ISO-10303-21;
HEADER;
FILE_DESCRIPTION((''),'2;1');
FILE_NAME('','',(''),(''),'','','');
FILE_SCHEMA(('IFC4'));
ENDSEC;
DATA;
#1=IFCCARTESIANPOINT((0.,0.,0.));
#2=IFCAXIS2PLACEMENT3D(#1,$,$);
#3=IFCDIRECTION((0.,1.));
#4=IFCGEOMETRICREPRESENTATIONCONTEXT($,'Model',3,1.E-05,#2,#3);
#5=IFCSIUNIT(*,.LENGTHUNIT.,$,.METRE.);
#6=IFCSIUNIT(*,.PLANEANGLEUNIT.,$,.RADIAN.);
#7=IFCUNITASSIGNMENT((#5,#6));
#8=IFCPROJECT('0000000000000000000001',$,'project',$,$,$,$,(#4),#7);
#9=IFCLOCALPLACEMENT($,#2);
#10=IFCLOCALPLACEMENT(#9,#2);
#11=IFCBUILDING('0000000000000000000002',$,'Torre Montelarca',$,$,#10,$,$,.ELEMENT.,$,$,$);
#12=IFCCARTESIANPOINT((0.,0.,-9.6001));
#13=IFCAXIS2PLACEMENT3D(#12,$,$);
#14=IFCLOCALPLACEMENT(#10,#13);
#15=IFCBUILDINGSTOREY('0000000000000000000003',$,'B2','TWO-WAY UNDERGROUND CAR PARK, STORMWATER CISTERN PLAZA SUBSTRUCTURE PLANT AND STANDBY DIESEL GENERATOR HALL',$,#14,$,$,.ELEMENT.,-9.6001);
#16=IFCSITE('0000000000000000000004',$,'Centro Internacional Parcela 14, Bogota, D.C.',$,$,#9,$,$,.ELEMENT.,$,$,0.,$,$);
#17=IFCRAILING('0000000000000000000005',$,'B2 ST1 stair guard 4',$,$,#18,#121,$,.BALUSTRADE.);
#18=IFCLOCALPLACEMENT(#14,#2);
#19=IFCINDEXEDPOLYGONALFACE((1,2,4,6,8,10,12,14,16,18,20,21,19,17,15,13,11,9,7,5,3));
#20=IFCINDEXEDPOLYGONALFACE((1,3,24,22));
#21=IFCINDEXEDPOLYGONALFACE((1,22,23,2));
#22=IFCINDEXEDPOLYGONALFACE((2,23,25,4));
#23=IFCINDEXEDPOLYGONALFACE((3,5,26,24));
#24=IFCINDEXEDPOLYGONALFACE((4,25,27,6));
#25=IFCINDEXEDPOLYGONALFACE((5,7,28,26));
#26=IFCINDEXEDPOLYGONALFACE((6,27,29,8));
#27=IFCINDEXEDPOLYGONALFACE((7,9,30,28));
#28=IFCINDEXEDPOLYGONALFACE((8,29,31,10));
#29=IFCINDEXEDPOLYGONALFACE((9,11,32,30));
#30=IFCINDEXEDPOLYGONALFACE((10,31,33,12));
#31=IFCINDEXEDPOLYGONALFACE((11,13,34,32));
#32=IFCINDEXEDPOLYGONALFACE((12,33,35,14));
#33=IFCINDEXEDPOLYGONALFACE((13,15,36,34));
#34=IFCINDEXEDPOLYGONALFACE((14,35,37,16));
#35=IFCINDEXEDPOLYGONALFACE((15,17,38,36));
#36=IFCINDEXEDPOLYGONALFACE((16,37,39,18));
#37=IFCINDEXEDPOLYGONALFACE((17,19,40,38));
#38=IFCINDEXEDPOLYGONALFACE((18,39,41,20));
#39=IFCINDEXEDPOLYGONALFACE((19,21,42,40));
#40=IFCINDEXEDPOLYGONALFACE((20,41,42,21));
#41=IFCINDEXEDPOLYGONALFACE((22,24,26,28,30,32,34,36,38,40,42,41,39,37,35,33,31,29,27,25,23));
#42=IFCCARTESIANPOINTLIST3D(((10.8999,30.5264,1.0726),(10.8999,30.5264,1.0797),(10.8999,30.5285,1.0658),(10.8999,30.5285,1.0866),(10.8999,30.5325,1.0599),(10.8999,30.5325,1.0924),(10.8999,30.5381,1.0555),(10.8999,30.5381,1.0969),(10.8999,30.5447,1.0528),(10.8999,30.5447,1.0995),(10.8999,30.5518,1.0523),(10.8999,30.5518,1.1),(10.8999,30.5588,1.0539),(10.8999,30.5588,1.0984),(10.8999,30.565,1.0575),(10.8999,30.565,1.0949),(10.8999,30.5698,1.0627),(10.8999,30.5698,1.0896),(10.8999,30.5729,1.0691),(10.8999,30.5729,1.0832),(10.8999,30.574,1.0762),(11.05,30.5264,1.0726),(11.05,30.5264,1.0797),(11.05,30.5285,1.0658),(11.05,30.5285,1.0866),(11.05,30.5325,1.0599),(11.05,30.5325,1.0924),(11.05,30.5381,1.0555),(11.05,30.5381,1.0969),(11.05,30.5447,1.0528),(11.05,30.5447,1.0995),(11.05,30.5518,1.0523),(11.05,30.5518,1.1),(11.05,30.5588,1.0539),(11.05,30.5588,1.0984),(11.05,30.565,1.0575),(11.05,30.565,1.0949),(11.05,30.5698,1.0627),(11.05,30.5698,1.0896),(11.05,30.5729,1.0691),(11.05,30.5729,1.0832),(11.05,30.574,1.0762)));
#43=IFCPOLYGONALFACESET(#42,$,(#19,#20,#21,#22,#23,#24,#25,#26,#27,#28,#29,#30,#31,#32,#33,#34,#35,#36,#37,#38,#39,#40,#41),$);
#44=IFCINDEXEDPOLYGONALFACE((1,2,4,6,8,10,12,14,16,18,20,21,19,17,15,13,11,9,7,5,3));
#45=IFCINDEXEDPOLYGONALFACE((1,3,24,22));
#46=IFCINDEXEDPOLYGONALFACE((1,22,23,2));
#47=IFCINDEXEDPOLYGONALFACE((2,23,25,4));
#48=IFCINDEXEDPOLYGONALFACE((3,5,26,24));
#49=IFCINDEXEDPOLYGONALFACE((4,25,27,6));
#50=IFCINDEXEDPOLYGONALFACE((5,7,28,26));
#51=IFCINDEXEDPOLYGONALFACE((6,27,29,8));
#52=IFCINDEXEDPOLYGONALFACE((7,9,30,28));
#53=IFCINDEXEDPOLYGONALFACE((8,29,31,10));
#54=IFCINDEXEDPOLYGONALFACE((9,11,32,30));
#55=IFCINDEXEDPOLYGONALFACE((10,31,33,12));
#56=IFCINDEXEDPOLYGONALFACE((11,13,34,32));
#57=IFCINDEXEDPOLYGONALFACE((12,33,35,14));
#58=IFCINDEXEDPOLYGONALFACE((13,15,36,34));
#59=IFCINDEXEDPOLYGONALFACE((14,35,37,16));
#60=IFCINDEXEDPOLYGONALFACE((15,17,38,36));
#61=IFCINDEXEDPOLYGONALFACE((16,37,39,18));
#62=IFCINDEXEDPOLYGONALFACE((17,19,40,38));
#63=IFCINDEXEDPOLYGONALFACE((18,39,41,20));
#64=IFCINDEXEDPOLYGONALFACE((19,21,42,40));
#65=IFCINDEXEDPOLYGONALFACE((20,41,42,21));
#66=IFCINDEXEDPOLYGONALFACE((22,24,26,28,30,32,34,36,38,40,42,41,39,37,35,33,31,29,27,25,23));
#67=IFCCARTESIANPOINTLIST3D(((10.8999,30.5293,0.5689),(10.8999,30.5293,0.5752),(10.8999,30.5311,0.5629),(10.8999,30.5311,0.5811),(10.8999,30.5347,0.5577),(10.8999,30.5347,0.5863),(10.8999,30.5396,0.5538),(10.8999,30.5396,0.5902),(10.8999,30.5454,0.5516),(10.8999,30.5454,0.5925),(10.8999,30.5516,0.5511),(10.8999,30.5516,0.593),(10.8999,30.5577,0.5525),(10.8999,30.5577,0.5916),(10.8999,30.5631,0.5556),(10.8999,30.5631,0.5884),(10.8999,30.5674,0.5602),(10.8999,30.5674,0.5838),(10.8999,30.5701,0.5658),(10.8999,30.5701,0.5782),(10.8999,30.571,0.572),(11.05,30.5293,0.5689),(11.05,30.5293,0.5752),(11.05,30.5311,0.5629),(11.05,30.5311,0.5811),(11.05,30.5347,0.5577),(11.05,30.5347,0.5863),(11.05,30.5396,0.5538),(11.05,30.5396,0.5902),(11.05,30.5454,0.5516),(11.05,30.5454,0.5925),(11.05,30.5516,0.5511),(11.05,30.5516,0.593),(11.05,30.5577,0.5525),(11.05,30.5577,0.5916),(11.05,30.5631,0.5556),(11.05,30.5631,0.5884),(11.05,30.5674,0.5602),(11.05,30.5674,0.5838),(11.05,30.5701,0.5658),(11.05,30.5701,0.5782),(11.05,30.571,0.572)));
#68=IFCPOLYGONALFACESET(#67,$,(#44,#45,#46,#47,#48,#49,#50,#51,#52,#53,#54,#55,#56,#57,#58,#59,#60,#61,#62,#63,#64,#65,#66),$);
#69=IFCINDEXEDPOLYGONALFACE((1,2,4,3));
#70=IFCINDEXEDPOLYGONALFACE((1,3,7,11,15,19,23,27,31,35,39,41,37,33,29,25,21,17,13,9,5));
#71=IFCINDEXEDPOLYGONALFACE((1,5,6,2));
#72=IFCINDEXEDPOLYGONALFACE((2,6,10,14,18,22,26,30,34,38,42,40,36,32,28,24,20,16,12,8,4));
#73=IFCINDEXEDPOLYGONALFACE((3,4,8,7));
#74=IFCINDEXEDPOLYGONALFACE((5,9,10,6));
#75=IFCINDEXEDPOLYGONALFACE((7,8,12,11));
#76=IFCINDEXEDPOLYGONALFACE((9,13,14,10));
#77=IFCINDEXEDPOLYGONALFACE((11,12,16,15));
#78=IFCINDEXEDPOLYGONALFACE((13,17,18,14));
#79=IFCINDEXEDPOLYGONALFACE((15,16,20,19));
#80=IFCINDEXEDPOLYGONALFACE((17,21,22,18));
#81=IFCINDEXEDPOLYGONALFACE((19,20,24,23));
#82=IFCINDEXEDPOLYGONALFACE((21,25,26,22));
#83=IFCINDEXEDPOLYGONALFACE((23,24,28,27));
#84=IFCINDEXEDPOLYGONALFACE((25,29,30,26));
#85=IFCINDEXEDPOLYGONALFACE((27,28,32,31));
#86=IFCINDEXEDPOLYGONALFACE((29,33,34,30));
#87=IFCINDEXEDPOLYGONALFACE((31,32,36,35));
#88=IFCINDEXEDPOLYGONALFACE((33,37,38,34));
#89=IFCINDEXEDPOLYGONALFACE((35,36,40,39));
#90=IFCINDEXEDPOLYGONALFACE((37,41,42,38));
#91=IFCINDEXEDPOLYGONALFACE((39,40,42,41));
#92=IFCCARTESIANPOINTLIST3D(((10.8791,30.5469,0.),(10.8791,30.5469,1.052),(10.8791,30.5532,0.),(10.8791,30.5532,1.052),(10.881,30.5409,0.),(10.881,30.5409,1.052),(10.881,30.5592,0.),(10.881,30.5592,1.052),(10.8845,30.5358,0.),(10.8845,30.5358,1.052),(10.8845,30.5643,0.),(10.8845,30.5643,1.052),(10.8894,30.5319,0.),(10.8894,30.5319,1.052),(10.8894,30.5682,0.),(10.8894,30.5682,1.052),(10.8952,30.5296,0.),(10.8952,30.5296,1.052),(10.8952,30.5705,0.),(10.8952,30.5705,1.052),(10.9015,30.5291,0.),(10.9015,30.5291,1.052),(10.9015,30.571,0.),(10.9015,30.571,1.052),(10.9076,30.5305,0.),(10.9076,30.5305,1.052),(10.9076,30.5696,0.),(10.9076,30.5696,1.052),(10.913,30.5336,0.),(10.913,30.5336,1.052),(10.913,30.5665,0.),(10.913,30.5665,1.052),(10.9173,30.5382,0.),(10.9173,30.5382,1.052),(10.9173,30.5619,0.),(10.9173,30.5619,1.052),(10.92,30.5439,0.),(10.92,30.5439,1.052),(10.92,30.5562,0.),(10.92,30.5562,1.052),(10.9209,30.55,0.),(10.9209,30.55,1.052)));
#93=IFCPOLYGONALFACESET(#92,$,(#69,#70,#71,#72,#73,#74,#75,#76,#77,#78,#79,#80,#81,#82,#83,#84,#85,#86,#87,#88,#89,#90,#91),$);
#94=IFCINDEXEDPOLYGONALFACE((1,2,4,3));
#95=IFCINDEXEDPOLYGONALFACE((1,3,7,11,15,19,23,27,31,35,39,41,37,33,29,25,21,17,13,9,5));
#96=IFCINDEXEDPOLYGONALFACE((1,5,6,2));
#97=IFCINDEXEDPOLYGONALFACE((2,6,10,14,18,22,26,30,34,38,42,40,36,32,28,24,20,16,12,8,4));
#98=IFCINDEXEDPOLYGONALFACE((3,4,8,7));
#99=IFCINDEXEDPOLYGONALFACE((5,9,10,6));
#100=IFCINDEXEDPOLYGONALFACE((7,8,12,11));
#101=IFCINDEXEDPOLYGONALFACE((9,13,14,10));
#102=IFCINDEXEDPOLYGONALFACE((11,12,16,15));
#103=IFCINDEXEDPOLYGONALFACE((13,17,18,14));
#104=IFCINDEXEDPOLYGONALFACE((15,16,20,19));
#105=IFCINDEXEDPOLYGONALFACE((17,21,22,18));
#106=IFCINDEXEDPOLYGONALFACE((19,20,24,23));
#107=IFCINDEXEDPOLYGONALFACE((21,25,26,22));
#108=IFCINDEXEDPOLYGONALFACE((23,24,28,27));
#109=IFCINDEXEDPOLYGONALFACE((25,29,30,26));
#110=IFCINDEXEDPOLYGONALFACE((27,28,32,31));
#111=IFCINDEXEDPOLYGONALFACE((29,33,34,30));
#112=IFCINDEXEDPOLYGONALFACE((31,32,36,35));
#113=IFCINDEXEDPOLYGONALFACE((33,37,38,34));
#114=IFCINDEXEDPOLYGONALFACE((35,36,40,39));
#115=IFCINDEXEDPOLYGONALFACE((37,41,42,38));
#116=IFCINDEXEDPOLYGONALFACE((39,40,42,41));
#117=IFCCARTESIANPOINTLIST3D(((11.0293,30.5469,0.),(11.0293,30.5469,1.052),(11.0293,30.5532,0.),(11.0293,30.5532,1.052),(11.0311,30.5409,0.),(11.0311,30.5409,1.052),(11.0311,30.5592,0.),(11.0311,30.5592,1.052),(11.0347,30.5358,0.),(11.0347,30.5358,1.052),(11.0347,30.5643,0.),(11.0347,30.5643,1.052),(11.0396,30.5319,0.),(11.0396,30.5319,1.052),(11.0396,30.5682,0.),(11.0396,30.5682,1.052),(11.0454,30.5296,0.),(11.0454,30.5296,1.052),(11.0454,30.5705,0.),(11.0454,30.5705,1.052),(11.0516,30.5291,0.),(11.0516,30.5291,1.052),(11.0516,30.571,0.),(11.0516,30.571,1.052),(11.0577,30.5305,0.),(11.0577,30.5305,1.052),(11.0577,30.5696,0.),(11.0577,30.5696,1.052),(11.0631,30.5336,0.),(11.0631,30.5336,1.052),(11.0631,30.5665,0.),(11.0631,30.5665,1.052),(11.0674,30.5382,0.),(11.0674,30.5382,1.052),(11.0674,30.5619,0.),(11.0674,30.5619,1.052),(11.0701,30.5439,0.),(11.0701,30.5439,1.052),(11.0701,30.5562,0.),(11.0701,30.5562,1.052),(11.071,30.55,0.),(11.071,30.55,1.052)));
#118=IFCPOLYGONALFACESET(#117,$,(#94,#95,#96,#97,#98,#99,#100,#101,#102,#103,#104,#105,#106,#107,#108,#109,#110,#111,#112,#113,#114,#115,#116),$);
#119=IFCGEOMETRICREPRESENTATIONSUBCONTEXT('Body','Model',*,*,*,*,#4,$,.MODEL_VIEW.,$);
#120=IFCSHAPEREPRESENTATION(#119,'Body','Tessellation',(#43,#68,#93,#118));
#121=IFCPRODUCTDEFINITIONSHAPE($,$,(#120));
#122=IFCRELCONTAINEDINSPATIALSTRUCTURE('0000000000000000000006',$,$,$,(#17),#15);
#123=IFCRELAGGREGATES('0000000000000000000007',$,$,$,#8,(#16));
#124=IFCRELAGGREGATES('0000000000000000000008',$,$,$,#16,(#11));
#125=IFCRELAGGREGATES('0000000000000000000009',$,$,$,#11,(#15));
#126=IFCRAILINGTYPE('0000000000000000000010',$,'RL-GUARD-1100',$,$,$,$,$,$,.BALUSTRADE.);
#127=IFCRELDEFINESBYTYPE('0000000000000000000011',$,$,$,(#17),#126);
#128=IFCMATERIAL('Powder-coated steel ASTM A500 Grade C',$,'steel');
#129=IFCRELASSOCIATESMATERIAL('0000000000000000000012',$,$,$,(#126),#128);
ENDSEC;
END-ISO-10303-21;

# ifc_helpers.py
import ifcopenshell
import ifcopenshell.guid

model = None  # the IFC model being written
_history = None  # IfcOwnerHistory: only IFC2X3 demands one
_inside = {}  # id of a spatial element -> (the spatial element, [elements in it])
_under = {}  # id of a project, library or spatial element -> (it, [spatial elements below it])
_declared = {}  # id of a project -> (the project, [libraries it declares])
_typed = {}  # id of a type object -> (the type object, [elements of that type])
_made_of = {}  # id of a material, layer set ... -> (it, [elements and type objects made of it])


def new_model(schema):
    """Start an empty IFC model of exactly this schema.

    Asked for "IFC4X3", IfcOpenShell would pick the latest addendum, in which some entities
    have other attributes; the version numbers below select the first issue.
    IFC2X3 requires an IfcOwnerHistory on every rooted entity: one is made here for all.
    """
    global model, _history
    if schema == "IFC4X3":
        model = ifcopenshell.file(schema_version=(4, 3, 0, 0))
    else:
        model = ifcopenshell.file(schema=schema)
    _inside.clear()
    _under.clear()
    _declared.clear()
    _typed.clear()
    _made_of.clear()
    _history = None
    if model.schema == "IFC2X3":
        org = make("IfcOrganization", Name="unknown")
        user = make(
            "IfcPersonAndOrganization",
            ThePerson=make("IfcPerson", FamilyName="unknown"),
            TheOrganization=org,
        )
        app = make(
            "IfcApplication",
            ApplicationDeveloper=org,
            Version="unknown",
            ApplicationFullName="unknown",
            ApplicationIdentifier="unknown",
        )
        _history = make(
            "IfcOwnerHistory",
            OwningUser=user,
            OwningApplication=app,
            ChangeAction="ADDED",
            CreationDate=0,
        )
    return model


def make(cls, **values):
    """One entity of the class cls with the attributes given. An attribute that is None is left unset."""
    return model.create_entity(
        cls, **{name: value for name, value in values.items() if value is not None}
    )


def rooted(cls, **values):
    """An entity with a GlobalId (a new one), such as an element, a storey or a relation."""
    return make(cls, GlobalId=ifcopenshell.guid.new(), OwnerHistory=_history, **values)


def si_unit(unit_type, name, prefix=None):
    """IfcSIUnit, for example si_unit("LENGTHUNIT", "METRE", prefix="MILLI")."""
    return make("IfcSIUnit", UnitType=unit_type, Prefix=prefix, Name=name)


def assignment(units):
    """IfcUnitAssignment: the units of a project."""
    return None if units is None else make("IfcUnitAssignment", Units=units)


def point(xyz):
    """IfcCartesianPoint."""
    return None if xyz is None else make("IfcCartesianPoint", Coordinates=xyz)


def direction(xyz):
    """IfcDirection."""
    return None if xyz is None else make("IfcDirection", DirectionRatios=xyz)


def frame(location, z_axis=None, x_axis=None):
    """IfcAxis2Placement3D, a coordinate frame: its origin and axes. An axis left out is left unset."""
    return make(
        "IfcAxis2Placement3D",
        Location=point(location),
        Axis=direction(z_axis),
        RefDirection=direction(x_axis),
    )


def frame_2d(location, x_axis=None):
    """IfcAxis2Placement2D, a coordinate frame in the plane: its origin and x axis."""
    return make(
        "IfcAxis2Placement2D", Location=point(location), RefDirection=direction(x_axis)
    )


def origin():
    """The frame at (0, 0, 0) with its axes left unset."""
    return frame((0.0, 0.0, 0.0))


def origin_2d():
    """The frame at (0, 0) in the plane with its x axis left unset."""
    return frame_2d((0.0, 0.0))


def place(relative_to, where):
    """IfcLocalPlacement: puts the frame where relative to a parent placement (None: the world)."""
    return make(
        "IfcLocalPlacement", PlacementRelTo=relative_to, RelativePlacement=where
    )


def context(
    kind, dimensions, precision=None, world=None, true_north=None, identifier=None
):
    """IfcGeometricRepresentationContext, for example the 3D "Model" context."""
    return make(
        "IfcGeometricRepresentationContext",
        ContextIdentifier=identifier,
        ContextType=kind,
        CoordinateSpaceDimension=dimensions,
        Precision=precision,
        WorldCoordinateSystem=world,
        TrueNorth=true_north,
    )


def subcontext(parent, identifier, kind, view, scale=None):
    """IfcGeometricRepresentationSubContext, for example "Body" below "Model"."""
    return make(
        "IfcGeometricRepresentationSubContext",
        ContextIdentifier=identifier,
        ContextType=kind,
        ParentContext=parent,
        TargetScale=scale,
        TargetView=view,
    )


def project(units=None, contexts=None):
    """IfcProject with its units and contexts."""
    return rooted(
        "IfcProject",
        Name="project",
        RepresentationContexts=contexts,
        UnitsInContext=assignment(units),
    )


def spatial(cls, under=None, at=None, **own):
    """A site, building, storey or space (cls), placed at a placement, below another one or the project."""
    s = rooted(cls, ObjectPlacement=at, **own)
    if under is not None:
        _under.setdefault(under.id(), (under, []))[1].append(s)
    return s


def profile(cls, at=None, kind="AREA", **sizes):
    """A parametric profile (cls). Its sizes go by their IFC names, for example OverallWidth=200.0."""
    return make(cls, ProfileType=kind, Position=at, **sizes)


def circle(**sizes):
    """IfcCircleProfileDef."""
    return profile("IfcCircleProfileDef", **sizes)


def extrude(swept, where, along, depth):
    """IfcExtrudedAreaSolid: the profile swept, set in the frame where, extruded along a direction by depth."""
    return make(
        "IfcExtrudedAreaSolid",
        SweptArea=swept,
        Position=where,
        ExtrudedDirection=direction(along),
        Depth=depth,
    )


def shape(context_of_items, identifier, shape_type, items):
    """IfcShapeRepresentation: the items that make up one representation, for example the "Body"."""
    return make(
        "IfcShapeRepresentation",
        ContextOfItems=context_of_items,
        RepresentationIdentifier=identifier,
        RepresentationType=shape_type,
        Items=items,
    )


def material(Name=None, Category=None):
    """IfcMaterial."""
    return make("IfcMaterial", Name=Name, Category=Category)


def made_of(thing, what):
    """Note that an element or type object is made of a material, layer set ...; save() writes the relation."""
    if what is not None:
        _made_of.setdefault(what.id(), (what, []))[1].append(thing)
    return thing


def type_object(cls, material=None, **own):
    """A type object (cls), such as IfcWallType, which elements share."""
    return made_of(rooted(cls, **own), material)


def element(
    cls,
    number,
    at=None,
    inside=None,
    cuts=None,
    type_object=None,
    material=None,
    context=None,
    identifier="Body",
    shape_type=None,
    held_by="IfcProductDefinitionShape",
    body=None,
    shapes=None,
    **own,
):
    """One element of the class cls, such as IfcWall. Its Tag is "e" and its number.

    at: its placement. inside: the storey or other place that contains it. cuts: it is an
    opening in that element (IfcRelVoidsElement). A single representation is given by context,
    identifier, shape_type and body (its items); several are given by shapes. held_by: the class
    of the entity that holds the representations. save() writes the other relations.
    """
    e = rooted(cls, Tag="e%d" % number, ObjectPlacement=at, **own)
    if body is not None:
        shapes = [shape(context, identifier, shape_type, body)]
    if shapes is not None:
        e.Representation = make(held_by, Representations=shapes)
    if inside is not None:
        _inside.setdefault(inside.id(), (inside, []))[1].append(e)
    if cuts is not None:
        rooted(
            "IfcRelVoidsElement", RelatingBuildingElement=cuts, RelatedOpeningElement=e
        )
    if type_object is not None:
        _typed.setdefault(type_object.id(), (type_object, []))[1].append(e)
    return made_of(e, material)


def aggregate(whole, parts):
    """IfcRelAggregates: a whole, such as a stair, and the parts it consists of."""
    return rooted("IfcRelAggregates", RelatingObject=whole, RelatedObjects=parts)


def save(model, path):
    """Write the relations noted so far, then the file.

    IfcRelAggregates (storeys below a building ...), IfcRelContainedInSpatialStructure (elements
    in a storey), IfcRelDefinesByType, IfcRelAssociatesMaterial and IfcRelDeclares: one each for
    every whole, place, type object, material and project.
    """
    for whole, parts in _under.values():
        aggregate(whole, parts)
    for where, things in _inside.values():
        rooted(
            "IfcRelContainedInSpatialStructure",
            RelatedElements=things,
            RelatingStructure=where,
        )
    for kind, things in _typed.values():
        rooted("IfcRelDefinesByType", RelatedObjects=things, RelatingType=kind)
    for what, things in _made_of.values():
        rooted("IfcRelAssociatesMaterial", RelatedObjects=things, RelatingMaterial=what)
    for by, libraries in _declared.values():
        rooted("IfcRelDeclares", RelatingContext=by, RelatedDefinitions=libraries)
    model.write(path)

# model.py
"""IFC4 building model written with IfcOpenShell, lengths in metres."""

from ifc_helpers import new_model, si_unit, direction, frame, origin, origin_2d, place, context, subcontext, project, spatial, circle, extrude, material, type_object, element, save


model = new_model("IFC4")

# Units and contexts
model_context = context("Model", 3, precision=1e-05, world=origin(), true_north=direction((0.0, 1.0)))
body_context = subcontext(model_context, "Body", "Model", "MODEL_VIEW")
ifc_project = project(units=[si_unit("LENGTHUNIT", "METRE"), si_unit("PLANEANGLEUNIT", "RADIAN")], contexts=[model_context])

# Site, building, storey
site_placement = place(None, origin())
site = spatial("IfcSite", under=ifc_project, at=site_placement, Name="Centro Internacional Parcela 14, Bogota, D.C.", CompositionType="ELEMENT", RefElevation=0.0)
building_placement = place(site_placement, origin())
building = spatial("IfcBuilding", under=site, at=building_placement, Name="Torre Montelarca", CompositionType="ELEMENT")
storey_placement = place(building_placement, frame((0.0, 0.0, -9.6001)))
storey = spatial("IfcBuildingStorey", under=building, at=storey_placement, Name="B2", Description="TWO-WAY UNDERGROUND CAR PARK, STORMWATER CISTERN PLAZA SUBSTRUCTURE PLANT AND STANDBY DIESEL GENERATOR HALL", CompositionType="ELEMENT", Elevation=-9.6001)

# Railing
ifc_material_1 = material(Name="Powder-coated steel ASTM A500 Grade C", Category="steel")
railing_type_1 = type_object("IfcRailingType", Name="RL-GUARD-1100", PredefinedType="BALUSTRADE", material=ifc_material_1)
railing_1_placement = place(storey_placement, frame((10.8999, 30.55, 0.0)))
element("IfcRailing", 1, at=railing_1_placement, inside=storey, type_object=railing_type_1, Name="B2 ST1 stair guard 4", PredefinedType="BALUSTRADE", context=body_context, shape_type="SweptSolid", body=[
    extrude(circle(Radius=0.0239, at=origin_2d()), frame((0.0, 0.0, 1.0762), z_axis=(1.0, 0.0, 0.0), x_axis=(0.0, 1.0, 0.0)), (0.0, 0.0, 1.0), 0.1501),
    extrude(circle(Radius=0.021, at=origin_2d()), frame((0.0, 0.0, 0.572), z_axis=(1.0, 0.0, 0.0), x_axis=(0.0, 1.0, 0.0)), (0.0, 0.0, 1.0), 0.1501),
    extrude(circle(Radius=0.021, at=origin_2d()), origin(), (0.0, 0.0, 1.0), 1.052),
    extrude(circle(Radius=0.021, at=origin_2d()), frame((0.1501, 0.0, 0.0)), (0.0, 0.0, 1.0), 1.052),
])

save(model, "model.ifc")
